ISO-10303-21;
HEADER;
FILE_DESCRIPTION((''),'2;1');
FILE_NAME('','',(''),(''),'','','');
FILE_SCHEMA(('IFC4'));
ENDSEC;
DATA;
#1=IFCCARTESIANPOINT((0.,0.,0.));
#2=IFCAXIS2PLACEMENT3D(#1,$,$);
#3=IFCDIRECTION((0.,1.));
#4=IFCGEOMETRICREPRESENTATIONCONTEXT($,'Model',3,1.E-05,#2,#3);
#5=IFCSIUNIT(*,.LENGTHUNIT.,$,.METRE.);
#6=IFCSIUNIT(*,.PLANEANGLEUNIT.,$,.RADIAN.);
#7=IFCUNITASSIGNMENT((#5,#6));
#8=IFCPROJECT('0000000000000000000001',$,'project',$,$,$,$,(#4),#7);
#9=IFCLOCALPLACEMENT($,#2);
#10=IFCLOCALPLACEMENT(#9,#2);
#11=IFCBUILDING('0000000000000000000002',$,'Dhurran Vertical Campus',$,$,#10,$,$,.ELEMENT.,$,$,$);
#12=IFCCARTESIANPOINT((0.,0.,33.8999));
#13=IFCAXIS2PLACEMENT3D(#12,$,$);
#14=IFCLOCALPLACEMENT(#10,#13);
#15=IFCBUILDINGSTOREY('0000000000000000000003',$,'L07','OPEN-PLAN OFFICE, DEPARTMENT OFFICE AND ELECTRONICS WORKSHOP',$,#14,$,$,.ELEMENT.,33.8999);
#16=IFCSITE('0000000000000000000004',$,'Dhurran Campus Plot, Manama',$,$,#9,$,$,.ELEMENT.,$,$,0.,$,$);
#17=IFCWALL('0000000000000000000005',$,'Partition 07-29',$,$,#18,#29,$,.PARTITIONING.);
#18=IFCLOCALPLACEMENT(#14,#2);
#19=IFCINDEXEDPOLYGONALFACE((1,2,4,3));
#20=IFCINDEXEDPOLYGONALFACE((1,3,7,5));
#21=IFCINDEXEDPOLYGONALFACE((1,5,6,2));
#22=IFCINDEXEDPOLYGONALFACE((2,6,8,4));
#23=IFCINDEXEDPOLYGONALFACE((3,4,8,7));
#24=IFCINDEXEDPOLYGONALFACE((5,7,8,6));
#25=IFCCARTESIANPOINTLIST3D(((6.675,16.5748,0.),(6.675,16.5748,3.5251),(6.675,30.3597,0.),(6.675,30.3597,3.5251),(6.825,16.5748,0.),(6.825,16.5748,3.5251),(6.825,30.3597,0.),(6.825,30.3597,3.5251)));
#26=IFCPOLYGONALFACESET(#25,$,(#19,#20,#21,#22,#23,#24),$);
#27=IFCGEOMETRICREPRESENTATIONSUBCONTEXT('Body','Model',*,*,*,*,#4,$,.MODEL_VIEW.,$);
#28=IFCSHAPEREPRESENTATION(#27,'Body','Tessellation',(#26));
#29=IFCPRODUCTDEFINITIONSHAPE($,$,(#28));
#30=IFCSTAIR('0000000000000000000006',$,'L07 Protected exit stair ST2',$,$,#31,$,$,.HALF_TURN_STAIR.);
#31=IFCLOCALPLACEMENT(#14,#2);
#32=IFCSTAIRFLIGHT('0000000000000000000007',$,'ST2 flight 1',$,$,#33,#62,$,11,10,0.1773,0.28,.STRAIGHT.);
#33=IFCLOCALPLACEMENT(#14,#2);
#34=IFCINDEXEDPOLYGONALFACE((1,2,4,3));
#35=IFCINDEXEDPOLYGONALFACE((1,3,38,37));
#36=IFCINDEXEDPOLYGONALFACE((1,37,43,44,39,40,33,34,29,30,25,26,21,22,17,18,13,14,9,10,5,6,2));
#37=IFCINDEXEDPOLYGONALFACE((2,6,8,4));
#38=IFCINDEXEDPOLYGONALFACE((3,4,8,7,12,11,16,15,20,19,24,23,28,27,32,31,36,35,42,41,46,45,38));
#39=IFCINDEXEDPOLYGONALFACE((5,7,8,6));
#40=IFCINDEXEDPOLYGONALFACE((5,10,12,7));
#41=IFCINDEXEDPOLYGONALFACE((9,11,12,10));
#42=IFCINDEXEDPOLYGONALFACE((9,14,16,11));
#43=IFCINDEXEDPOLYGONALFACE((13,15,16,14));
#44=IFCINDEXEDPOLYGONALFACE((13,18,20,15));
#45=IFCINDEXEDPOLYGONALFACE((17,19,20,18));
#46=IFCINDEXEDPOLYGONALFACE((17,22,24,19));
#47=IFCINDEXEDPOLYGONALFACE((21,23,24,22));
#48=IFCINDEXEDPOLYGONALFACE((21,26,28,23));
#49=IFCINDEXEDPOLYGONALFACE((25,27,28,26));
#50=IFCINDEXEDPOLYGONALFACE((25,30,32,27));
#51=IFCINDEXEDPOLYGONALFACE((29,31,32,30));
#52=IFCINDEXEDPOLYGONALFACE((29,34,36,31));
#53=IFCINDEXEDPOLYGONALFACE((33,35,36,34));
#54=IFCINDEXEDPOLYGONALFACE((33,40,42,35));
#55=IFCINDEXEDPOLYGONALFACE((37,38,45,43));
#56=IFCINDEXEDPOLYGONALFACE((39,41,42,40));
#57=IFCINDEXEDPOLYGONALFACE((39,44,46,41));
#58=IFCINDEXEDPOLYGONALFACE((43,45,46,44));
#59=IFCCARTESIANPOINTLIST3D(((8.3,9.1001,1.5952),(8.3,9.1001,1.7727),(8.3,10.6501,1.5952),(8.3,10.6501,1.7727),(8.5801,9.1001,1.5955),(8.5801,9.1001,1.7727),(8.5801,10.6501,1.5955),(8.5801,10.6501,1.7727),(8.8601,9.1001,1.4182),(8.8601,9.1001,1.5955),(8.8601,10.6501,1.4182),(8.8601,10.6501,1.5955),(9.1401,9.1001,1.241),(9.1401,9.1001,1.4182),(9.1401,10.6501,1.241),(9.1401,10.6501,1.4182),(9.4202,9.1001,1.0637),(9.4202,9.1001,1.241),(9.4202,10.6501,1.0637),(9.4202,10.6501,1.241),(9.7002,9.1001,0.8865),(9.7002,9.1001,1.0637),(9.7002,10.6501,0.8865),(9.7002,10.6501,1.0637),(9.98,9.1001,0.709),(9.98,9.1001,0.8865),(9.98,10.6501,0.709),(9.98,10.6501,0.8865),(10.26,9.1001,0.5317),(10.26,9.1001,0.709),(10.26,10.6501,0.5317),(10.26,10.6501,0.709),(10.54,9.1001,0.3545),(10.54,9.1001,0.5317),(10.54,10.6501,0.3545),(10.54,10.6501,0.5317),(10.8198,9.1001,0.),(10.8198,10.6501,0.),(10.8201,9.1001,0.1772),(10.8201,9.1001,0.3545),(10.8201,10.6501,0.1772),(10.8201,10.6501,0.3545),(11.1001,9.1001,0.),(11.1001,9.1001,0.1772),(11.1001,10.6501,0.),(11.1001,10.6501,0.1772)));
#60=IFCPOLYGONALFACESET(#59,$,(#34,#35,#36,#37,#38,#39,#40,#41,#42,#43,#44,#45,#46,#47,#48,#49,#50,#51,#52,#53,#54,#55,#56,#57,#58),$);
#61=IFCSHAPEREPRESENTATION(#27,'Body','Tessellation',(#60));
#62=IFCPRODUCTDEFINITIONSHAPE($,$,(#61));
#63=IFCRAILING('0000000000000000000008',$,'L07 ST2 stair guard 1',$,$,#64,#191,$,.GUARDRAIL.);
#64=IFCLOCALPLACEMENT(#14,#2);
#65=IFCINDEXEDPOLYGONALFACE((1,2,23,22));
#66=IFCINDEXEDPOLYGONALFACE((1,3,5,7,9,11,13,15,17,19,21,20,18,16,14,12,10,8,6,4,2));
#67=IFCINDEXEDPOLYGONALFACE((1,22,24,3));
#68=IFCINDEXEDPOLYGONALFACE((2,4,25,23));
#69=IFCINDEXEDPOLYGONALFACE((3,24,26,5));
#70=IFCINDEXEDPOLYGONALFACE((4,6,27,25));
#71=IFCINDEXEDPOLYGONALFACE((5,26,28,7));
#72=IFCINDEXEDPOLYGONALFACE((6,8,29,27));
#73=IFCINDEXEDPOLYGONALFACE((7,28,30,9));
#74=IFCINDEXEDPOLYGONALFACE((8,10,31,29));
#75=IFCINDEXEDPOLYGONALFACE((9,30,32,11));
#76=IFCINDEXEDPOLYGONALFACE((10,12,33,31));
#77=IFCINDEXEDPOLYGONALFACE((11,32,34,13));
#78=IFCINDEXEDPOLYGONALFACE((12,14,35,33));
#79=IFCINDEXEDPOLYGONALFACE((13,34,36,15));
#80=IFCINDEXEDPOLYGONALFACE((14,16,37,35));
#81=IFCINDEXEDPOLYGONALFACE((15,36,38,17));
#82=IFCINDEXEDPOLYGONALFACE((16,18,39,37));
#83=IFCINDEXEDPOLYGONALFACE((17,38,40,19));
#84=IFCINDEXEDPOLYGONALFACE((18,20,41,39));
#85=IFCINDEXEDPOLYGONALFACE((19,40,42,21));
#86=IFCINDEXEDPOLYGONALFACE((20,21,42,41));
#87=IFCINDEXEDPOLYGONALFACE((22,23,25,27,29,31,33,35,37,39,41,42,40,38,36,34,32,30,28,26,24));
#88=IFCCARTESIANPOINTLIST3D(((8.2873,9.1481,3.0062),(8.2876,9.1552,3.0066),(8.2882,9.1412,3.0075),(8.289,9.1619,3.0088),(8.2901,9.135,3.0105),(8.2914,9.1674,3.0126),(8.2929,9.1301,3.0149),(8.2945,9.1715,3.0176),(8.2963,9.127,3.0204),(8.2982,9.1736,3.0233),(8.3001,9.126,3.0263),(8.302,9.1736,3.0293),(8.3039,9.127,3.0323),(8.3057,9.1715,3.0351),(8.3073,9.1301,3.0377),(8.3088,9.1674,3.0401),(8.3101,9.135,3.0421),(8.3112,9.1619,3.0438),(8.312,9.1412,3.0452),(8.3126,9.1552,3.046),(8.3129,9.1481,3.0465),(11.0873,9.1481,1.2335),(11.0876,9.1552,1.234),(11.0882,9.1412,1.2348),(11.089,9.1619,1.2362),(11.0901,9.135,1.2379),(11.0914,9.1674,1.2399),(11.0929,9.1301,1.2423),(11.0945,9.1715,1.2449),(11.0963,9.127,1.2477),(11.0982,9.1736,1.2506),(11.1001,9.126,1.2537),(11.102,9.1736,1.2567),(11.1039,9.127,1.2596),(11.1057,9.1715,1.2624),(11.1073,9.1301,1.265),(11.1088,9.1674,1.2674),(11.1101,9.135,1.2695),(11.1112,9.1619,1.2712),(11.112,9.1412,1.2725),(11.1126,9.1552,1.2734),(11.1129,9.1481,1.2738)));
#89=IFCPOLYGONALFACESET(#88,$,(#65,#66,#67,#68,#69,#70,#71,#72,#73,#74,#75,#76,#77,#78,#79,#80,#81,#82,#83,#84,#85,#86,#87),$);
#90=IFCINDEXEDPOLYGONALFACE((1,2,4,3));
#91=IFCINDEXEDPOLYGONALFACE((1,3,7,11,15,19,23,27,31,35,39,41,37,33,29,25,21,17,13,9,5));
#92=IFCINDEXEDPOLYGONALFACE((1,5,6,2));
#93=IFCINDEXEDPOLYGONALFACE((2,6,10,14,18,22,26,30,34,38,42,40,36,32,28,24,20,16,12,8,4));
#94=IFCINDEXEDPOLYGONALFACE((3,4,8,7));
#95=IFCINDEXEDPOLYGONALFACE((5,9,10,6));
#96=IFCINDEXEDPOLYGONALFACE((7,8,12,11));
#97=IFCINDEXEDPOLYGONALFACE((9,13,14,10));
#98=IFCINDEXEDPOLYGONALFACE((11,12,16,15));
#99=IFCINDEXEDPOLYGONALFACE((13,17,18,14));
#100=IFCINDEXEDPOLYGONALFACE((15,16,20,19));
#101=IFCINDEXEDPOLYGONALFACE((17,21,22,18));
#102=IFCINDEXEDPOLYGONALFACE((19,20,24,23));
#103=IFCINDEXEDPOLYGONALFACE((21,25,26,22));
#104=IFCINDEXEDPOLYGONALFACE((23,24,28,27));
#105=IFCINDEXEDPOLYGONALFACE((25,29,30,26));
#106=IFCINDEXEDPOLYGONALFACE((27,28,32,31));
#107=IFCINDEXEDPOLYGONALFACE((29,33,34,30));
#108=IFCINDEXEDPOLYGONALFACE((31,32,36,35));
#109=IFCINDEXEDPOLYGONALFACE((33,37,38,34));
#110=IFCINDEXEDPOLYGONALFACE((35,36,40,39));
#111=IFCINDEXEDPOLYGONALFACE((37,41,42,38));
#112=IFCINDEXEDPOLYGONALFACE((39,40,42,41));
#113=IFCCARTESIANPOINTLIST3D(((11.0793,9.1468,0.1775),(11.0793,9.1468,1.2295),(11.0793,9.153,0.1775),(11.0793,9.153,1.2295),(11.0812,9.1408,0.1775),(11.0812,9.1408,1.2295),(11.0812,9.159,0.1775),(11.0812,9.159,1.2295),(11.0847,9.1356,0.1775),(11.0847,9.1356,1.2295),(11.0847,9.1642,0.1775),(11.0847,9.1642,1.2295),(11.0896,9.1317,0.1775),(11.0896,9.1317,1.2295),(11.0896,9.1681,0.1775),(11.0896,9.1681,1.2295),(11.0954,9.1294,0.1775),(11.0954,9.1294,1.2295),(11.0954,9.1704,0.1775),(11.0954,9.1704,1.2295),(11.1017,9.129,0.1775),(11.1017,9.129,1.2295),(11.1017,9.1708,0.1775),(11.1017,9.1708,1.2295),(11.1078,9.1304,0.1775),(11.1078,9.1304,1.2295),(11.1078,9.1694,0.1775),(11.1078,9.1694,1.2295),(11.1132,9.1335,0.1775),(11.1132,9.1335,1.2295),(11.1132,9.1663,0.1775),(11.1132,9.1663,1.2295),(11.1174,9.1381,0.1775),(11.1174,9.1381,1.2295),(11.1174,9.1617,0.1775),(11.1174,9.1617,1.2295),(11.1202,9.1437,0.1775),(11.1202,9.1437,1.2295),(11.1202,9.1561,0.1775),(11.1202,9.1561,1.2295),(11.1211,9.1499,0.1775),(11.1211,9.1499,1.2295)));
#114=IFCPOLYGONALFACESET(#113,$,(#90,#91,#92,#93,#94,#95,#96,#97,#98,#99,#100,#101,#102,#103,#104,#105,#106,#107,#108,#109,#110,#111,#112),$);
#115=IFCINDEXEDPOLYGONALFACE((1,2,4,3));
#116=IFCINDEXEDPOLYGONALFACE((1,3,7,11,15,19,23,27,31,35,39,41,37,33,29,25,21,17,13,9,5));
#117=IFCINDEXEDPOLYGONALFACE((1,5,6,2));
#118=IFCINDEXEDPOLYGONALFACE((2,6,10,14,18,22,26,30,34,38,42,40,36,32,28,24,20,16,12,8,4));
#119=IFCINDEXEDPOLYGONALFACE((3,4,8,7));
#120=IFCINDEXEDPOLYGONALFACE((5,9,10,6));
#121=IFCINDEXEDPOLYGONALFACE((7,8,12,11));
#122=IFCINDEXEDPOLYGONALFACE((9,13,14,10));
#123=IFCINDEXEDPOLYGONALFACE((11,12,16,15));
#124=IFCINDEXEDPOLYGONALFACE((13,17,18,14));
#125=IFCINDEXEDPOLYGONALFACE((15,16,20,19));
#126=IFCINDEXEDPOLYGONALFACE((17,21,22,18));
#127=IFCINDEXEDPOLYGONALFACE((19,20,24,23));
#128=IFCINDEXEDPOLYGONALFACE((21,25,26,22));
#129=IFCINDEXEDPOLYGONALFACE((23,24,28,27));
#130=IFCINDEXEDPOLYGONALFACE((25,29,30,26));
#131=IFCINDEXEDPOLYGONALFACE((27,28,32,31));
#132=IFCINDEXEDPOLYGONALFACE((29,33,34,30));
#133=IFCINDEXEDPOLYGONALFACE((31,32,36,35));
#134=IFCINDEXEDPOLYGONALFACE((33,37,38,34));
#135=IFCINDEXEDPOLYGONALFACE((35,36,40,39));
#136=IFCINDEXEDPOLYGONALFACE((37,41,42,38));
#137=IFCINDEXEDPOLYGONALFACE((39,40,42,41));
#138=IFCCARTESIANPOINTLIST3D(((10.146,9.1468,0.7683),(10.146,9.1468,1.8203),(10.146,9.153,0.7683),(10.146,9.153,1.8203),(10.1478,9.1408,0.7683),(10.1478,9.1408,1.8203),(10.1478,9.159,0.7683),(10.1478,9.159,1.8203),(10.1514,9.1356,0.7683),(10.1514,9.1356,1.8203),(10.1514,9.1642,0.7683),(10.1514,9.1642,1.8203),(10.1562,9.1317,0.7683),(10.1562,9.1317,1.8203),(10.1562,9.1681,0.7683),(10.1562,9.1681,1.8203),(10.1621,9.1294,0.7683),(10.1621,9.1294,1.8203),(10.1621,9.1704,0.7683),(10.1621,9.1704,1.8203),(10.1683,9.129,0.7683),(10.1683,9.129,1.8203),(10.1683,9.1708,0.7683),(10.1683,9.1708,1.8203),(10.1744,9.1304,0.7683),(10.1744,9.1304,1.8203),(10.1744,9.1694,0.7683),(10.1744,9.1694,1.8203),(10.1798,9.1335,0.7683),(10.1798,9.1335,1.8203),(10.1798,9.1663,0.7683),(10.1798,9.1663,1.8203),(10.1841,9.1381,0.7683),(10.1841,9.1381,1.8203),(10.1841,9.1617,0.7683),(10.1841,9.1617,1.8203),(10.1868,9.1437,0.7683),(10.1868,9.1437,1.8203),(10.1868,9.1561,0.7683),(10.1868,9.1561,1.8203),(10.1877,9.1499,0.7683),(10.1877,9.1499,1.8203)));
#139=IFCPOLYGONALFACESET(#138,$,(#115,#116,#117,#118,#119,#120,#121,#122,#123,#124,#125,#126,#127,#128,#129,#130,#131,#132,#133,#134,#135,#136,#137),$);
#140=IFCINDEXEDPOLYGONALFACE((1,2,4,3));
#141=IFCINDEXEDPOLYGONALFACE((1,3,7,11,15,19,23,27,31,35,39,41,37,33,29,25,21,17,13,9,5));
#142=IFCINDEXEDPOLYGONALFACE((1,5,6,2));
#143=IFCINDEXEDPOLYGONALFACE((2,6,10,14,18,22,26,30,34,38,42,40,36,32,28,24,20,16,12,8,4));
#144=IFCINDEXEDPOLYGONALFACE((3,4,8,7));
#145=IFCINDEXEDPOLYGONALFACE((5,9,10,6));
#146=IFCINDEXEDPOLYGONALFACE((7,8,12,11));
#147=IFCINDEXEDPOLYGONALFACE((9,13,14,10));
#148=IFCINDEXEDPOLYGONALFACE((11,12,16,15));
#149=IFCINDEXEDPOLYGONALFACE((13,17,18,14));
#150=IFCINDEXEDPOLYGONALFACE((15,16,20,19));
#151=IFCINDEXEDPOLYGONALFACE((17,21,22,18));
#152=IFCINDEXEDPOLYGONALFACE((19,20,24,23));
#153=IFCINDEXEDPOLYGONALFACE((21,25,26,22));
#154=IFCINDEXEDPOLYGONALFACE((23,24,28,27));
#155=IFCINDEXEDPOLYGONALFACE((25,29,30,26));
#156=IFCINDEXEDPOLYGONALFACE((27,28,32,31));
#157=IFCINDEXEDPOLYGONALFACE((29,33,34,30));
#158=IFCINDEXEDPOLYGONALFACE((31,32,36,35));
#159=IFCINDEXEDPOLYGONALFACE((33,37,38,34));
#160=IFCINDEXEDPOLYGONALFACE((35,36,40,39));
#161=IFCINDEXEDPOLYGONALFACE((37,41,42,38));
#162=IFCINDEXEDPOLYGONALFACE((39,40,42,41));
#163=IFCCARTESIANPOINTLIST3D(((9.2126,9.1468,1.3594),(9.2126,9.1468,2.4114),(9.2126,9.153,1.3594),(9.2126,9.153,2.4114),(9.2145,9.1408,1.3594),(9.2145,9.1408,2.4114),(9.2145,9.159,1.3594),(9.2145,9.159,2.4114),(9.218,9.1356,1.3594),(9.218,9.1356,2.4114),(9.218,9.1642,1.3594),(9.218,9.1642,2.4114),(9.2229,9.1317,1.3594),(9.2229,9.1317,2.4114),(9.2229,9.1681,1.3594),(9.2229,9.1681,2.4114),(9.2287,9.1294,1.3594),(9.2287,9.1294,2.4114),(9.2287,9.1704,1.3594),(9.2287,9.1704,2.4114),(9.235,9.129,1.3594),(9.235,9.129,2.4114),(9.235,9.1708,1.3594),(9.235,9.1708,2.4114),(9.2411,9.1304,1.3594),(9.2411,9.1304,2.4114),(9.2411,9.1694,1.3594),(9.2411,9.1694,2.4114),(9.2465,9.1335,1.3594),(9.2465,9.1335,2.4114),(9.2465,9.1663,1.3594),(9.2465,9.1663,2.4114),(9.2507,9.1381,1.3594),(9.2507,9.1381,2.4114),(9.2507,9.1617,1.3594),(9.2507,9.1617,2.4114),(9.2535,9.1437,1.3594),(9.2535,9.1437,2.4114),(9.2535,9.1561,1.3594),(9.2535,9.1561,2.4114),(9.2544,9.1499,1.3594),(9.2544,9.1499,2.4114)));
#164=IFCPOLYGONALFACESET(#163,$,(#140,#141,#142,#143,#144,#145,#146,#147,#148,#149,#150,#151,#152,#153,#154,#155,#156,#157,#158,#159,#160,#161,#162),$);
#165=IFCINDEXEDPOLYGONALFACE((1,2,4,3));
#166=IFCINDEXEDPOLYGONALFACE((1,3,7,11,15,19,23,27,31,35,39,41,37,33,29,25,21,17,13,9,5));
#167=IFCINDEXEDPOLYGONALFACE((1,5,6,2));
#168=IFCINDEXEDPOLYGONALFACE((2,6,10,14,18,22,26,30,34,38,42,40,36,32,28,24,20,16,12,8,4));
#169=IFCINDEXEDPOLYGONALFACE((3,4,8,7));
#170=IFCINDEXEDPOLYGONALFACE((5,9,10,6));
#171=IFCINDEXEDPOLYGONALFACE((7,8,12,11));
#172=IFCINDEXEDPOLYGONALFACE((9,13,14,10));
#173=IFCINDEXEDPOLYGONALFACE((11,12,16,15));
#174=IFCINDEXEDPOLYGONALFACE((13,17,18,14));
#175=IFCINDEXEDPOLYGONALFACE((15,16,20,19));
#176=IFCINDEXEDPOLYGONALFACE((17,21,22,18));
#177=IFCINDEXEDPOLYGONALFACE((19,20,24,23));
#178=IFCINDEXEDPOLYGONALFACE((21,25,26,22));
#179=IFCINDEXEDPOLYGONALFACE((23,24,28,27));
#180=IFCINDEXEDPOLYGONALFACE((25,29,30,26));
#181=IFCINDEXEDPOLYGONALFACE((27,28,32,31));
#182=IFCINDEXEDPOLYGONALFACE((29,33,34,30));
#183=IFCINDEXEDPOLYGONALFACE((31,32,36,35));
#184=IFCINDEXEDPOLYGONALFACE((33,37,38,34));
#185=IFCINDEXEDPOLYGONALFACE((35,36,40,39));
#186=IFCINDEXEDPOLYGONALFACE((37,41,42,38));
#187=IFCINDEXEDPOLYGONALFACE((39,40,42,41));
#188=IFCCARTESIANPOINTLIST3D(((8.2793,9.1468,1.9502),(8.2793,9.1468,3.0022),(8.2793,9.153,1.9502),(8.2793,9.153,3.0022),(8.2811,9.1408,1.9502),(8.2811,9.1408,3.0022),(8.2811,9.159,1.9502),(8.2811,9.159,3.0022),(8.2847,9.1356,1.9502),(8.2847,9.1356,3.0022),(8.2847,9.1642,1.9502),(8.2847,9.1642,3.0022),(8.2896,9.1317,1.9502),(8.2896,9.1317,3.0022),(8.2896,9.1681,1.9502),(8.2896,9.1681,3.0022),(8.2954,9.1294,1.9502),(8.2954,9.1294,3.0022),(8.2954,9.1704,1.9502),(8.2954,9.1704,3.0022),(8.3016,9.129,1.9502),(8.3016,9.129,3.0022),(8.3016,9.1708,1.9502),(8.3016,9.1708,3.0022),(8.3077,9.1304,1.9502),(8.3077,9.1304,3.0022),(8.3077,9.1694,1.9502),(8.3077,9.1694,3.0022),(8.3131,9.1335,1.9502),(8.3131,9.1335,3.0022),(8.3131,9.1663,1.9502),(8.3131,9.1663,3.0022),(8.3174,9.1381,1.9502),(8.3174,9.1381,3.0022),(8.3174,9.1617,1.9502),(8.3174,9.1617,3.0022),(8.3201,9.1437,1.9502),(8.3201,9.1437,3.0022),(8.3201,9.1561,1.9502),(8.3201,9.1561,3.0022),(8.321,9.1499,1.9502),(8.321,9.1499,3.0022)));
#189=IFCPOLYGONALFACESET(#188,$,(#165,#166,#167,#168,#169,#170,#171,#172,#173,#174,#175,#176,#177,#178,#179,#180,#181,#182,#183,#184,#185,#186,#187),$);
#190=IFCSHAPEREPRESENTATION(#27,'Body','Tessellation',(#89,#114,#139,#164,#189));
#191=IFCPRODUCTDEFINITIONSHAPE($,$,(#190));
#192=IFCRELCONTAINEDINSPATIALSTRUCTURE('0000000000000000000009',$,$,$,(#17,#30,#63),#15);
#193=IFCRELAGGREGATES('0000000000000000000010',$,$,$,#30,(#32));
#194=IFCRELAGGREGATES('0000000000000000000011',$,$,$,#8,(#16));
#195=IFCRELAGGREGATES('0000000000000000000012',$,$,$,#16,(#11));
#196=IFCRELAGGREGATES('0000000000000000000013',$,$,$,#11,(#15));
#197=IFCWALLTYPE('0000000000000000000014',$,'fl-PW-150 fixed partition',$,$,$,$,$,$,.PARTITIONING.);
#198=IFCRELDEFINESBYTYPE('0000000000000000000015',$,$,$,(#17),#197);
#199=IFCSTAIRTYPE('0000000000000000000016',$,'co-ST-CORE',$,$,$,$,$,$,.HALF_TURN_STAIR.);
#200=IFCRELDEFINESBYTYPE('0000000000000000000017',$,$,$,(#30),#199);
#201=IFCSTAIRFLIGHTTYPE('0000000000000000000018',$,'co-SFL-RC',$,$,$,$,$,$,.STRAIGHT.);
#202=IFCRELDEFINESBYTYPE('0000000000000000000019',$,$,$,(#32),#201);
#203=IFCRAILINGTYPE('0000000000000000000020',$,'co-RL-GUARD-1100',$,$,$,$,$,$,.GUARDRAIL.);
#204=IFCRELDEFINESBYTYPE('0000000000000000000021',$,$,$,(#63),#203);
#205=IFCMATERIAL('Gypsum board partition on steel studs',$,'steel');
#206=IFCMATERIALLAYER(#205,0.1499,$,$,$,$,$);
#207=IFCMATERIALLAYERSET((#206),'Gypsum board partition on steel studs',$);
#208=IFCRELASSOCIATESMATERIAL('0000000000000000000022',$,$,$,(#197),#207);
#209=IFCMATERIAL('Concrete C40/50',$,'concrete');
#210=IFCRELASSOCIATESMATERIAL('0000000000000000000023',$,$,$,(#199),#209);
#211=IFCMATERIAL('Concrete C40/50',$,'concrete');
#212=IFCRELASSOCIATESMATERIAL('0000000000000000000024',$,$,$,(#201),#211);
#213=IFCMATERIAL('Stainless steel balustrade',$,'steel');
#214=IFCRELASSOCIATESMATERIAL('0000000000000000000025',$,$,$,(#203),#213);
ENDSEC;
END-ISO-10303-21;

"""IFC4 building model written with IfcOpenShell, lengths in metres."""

from ifc_helpers import new_model, si_unit, direction, frame, frame_2d, origin, origin_2d, place, context, subcontext, project, spatial, polyline, rectangle, circle, outline, extrude, material, layer, layer_set, type_object, element, aggregate, save


model = new_model("IFC4")

# Units and contexts
model_context = context("Model", 3, precision=1e-05, world=origin(), true_north=direction((0.0, 1.0)))
body_context = subcontext(model_context, "Body", "Model", "MODEL_VIEW")
ifc_project = project(units=[si_unit("LENGTHUNIT", "METRE"), si_unit("PLANEANGLEUNIT", "RADIAN")], contexts=[model_context])

# Site, building, storey
site_placement = place(None, origin())
site = spatial("IfcSite", under=ifc_project, at=site_placement, Name="Dhurran Campus Plot, Manama", CompositionType="ELEMENT", RefElevation=0.0)
building_placement = place(site_placement, origin())
building = spatial("IfcBuilding", under=site, at=building_placement, Name="Dhurran Vertical Campus", CompositionType="ELEMENT")
storey_placement = place(building_placement, frame((0.0, 0.0, 33.8999)))
storey = spatial("IfcBuildingStorey", under=building, at=storey_placement, Name="L07", Description="OPEN-PLAN OFFICE, DEPARTMENT OFFICE AND ELECTRONICS WORKSHOP", CompositionType="ELEMENT", Elevation=33.8999)

# Wall
ifc_material_1 = material(Name="Gypsum board partition on steel studs", Category="steel")
ifc_layer_1 = layer(ifc_material_1, 0.1499)
ifc_layer_set_1 = layer_set([ifc_layer_1], Name="Gypsum board partition on steel studs")
wall_type_1 = type_object("IfcWallType", Name="fl-PW-150 fixed partition", PredefinedType="PARTITIONING", material=ifc_layer_set_1)
wall_1_placement = place(storey_placement, frame((6.75, 30.3599, 0.0), z_axis=(0.0, 0.0, 1.0), x_axis=(0.0, -1.0, 0.0)))
element("IfcWall", 1, at=wall_1_placement, inside=storey, type_object=wall_type_1, Name="Partition 07-29", PredefinedType="PARTITIONING", context=body_context, shape_type="SweptSolid", body=[
    extrude(rectangle(XDim=13.7849, YDim=0.1499, at=frame_2d((6.8926, 0.0))), origin(), (0.0, 0.0, 1.0), 3.5251),
])

# Stair, stair flight
ifc_material_2 = material(Name="Concrete C40/50", Category="concrete")
stair_type = type_object("IfcStairType", Name="co-ST-CORE", PredefinedType="HALF_TURN_STAIR", material=ifc_material_2)
stair_placement = place(storey_placement, origin())
stair = element("IfcStair", 2, at=stair_placement, inside=storey, type_object=stair_type, Name="L07 Protected exit stair ST2", PredefinedType="HALF_TURN_STAIR")
ifc_material_3 = material(Name="Concrete C40/50", Category="concrete")
stair_flight_type = type_object("IfcStairFlightType", Name="co-SFL-RC", PredefinedType="STRAIGHT", material=ifc_material_3)
stair_flight_placement = place(storey_placement, frame((11.1001, 9.875, 0.0), z_axis=(0.0, 0.0, 1.0), x_axis=(-1.0, 0.0, 0.0)))
stair_flight = element("IfcStairFlight", 3, at=stair_flight_placement, type_object=stair_flight_type, Name="ST2 flight 1", NumberOfRisers=11, NumberOfTreads=10, PredefinedType="STRAIGHT", RiserHeight=0.1773, TreadLength=0.28, context=body_context, shape_type="SweptSolid", body=[
    extrude(outline(polyline([(0.0, 0.0), (0.0, 0.1772), (0.28, 0.1772), (0.28, 0.3545), (0.5601, 0.3545), (0.5601, 0.5317), (0.8401, 0.5317), (0.8401, 0.709), (1.1201, 0.709), (1.1201, 0.8865), (1.3999, 0.8865), (1.3999, 1.0637), (1.6799, 1.0637), (1.6799, 1.241), (1.96, 1.241), (1.96, 1.4182), (2.24, 1.4182), (2.24, 1.5955), (2.52, 1.5955), (2.52, 1.7727), (2.8, 1.7727), (2.8, 1.95), (2.8, 1.5952), (0.2803, 0.0), (0.0, 0.0)])), frame((0.0, 0.7749, 0.0), z_axis=(0.0, -1.0, 0.0), x_axis=(1.0, 0.0, 0.0)), (0.0, 0.0, 1.0), 1.55),
])
aggregate(stair, [stair_flight])

# Railing
ifc_material_4 = material(Name="Stainless steel balustrade", Category="steel")
railing_type_1 = type_object("IfcRailingType", Name="co-RL-GUARD-1100", PredefinedType="GUARDRAIL", material=ifc_material_4)
railing_1_placement = place(storey_placement, frame((11.1001, 9.1499, 0.1775)))
element("IfcRailing", 4, at=railing_1_placement, inside=storey, type_object=railing_type_1, Name="L07 ST2 stair guard 1", PredefinedType="GUARDRAIL", context=body_context, shape_type="SweptSolid", body=[
    extrude(circle(Radius=0.0239, at=origin_2d()), frame((0.0, 0.0, 1.0762), z_axis=(-0.844909, 0.0, 0.53491), x_axis=(0.0, -1.0, 0.0)), (0.0, 0.0, 1.0), 3.314),
    extrude(circle(Radius=0.021, at=origin_2d()), origin(), (0.0, 0.0, 1.0), 1.052),
    extrude(circle(Radius=0.021, at=origin_2d()), frame((-0.9333, 0.0, 0.5908)), (0.0, 0.0, 1.0), 1.052),
    extrude(circle(Radius=0.021, at=origin_2d()), frame((-1.8667, 0.0, 1.1819)), (0.0, 0.0, 1.0), 1.052),
    extrude(circle(Radius=0.021, at=origin_2d()), frame((-2.8, 0.0, 1.7727)), (0.0, 0.0, 1.0), 1.052),
])

save(model, "model.ifc")
